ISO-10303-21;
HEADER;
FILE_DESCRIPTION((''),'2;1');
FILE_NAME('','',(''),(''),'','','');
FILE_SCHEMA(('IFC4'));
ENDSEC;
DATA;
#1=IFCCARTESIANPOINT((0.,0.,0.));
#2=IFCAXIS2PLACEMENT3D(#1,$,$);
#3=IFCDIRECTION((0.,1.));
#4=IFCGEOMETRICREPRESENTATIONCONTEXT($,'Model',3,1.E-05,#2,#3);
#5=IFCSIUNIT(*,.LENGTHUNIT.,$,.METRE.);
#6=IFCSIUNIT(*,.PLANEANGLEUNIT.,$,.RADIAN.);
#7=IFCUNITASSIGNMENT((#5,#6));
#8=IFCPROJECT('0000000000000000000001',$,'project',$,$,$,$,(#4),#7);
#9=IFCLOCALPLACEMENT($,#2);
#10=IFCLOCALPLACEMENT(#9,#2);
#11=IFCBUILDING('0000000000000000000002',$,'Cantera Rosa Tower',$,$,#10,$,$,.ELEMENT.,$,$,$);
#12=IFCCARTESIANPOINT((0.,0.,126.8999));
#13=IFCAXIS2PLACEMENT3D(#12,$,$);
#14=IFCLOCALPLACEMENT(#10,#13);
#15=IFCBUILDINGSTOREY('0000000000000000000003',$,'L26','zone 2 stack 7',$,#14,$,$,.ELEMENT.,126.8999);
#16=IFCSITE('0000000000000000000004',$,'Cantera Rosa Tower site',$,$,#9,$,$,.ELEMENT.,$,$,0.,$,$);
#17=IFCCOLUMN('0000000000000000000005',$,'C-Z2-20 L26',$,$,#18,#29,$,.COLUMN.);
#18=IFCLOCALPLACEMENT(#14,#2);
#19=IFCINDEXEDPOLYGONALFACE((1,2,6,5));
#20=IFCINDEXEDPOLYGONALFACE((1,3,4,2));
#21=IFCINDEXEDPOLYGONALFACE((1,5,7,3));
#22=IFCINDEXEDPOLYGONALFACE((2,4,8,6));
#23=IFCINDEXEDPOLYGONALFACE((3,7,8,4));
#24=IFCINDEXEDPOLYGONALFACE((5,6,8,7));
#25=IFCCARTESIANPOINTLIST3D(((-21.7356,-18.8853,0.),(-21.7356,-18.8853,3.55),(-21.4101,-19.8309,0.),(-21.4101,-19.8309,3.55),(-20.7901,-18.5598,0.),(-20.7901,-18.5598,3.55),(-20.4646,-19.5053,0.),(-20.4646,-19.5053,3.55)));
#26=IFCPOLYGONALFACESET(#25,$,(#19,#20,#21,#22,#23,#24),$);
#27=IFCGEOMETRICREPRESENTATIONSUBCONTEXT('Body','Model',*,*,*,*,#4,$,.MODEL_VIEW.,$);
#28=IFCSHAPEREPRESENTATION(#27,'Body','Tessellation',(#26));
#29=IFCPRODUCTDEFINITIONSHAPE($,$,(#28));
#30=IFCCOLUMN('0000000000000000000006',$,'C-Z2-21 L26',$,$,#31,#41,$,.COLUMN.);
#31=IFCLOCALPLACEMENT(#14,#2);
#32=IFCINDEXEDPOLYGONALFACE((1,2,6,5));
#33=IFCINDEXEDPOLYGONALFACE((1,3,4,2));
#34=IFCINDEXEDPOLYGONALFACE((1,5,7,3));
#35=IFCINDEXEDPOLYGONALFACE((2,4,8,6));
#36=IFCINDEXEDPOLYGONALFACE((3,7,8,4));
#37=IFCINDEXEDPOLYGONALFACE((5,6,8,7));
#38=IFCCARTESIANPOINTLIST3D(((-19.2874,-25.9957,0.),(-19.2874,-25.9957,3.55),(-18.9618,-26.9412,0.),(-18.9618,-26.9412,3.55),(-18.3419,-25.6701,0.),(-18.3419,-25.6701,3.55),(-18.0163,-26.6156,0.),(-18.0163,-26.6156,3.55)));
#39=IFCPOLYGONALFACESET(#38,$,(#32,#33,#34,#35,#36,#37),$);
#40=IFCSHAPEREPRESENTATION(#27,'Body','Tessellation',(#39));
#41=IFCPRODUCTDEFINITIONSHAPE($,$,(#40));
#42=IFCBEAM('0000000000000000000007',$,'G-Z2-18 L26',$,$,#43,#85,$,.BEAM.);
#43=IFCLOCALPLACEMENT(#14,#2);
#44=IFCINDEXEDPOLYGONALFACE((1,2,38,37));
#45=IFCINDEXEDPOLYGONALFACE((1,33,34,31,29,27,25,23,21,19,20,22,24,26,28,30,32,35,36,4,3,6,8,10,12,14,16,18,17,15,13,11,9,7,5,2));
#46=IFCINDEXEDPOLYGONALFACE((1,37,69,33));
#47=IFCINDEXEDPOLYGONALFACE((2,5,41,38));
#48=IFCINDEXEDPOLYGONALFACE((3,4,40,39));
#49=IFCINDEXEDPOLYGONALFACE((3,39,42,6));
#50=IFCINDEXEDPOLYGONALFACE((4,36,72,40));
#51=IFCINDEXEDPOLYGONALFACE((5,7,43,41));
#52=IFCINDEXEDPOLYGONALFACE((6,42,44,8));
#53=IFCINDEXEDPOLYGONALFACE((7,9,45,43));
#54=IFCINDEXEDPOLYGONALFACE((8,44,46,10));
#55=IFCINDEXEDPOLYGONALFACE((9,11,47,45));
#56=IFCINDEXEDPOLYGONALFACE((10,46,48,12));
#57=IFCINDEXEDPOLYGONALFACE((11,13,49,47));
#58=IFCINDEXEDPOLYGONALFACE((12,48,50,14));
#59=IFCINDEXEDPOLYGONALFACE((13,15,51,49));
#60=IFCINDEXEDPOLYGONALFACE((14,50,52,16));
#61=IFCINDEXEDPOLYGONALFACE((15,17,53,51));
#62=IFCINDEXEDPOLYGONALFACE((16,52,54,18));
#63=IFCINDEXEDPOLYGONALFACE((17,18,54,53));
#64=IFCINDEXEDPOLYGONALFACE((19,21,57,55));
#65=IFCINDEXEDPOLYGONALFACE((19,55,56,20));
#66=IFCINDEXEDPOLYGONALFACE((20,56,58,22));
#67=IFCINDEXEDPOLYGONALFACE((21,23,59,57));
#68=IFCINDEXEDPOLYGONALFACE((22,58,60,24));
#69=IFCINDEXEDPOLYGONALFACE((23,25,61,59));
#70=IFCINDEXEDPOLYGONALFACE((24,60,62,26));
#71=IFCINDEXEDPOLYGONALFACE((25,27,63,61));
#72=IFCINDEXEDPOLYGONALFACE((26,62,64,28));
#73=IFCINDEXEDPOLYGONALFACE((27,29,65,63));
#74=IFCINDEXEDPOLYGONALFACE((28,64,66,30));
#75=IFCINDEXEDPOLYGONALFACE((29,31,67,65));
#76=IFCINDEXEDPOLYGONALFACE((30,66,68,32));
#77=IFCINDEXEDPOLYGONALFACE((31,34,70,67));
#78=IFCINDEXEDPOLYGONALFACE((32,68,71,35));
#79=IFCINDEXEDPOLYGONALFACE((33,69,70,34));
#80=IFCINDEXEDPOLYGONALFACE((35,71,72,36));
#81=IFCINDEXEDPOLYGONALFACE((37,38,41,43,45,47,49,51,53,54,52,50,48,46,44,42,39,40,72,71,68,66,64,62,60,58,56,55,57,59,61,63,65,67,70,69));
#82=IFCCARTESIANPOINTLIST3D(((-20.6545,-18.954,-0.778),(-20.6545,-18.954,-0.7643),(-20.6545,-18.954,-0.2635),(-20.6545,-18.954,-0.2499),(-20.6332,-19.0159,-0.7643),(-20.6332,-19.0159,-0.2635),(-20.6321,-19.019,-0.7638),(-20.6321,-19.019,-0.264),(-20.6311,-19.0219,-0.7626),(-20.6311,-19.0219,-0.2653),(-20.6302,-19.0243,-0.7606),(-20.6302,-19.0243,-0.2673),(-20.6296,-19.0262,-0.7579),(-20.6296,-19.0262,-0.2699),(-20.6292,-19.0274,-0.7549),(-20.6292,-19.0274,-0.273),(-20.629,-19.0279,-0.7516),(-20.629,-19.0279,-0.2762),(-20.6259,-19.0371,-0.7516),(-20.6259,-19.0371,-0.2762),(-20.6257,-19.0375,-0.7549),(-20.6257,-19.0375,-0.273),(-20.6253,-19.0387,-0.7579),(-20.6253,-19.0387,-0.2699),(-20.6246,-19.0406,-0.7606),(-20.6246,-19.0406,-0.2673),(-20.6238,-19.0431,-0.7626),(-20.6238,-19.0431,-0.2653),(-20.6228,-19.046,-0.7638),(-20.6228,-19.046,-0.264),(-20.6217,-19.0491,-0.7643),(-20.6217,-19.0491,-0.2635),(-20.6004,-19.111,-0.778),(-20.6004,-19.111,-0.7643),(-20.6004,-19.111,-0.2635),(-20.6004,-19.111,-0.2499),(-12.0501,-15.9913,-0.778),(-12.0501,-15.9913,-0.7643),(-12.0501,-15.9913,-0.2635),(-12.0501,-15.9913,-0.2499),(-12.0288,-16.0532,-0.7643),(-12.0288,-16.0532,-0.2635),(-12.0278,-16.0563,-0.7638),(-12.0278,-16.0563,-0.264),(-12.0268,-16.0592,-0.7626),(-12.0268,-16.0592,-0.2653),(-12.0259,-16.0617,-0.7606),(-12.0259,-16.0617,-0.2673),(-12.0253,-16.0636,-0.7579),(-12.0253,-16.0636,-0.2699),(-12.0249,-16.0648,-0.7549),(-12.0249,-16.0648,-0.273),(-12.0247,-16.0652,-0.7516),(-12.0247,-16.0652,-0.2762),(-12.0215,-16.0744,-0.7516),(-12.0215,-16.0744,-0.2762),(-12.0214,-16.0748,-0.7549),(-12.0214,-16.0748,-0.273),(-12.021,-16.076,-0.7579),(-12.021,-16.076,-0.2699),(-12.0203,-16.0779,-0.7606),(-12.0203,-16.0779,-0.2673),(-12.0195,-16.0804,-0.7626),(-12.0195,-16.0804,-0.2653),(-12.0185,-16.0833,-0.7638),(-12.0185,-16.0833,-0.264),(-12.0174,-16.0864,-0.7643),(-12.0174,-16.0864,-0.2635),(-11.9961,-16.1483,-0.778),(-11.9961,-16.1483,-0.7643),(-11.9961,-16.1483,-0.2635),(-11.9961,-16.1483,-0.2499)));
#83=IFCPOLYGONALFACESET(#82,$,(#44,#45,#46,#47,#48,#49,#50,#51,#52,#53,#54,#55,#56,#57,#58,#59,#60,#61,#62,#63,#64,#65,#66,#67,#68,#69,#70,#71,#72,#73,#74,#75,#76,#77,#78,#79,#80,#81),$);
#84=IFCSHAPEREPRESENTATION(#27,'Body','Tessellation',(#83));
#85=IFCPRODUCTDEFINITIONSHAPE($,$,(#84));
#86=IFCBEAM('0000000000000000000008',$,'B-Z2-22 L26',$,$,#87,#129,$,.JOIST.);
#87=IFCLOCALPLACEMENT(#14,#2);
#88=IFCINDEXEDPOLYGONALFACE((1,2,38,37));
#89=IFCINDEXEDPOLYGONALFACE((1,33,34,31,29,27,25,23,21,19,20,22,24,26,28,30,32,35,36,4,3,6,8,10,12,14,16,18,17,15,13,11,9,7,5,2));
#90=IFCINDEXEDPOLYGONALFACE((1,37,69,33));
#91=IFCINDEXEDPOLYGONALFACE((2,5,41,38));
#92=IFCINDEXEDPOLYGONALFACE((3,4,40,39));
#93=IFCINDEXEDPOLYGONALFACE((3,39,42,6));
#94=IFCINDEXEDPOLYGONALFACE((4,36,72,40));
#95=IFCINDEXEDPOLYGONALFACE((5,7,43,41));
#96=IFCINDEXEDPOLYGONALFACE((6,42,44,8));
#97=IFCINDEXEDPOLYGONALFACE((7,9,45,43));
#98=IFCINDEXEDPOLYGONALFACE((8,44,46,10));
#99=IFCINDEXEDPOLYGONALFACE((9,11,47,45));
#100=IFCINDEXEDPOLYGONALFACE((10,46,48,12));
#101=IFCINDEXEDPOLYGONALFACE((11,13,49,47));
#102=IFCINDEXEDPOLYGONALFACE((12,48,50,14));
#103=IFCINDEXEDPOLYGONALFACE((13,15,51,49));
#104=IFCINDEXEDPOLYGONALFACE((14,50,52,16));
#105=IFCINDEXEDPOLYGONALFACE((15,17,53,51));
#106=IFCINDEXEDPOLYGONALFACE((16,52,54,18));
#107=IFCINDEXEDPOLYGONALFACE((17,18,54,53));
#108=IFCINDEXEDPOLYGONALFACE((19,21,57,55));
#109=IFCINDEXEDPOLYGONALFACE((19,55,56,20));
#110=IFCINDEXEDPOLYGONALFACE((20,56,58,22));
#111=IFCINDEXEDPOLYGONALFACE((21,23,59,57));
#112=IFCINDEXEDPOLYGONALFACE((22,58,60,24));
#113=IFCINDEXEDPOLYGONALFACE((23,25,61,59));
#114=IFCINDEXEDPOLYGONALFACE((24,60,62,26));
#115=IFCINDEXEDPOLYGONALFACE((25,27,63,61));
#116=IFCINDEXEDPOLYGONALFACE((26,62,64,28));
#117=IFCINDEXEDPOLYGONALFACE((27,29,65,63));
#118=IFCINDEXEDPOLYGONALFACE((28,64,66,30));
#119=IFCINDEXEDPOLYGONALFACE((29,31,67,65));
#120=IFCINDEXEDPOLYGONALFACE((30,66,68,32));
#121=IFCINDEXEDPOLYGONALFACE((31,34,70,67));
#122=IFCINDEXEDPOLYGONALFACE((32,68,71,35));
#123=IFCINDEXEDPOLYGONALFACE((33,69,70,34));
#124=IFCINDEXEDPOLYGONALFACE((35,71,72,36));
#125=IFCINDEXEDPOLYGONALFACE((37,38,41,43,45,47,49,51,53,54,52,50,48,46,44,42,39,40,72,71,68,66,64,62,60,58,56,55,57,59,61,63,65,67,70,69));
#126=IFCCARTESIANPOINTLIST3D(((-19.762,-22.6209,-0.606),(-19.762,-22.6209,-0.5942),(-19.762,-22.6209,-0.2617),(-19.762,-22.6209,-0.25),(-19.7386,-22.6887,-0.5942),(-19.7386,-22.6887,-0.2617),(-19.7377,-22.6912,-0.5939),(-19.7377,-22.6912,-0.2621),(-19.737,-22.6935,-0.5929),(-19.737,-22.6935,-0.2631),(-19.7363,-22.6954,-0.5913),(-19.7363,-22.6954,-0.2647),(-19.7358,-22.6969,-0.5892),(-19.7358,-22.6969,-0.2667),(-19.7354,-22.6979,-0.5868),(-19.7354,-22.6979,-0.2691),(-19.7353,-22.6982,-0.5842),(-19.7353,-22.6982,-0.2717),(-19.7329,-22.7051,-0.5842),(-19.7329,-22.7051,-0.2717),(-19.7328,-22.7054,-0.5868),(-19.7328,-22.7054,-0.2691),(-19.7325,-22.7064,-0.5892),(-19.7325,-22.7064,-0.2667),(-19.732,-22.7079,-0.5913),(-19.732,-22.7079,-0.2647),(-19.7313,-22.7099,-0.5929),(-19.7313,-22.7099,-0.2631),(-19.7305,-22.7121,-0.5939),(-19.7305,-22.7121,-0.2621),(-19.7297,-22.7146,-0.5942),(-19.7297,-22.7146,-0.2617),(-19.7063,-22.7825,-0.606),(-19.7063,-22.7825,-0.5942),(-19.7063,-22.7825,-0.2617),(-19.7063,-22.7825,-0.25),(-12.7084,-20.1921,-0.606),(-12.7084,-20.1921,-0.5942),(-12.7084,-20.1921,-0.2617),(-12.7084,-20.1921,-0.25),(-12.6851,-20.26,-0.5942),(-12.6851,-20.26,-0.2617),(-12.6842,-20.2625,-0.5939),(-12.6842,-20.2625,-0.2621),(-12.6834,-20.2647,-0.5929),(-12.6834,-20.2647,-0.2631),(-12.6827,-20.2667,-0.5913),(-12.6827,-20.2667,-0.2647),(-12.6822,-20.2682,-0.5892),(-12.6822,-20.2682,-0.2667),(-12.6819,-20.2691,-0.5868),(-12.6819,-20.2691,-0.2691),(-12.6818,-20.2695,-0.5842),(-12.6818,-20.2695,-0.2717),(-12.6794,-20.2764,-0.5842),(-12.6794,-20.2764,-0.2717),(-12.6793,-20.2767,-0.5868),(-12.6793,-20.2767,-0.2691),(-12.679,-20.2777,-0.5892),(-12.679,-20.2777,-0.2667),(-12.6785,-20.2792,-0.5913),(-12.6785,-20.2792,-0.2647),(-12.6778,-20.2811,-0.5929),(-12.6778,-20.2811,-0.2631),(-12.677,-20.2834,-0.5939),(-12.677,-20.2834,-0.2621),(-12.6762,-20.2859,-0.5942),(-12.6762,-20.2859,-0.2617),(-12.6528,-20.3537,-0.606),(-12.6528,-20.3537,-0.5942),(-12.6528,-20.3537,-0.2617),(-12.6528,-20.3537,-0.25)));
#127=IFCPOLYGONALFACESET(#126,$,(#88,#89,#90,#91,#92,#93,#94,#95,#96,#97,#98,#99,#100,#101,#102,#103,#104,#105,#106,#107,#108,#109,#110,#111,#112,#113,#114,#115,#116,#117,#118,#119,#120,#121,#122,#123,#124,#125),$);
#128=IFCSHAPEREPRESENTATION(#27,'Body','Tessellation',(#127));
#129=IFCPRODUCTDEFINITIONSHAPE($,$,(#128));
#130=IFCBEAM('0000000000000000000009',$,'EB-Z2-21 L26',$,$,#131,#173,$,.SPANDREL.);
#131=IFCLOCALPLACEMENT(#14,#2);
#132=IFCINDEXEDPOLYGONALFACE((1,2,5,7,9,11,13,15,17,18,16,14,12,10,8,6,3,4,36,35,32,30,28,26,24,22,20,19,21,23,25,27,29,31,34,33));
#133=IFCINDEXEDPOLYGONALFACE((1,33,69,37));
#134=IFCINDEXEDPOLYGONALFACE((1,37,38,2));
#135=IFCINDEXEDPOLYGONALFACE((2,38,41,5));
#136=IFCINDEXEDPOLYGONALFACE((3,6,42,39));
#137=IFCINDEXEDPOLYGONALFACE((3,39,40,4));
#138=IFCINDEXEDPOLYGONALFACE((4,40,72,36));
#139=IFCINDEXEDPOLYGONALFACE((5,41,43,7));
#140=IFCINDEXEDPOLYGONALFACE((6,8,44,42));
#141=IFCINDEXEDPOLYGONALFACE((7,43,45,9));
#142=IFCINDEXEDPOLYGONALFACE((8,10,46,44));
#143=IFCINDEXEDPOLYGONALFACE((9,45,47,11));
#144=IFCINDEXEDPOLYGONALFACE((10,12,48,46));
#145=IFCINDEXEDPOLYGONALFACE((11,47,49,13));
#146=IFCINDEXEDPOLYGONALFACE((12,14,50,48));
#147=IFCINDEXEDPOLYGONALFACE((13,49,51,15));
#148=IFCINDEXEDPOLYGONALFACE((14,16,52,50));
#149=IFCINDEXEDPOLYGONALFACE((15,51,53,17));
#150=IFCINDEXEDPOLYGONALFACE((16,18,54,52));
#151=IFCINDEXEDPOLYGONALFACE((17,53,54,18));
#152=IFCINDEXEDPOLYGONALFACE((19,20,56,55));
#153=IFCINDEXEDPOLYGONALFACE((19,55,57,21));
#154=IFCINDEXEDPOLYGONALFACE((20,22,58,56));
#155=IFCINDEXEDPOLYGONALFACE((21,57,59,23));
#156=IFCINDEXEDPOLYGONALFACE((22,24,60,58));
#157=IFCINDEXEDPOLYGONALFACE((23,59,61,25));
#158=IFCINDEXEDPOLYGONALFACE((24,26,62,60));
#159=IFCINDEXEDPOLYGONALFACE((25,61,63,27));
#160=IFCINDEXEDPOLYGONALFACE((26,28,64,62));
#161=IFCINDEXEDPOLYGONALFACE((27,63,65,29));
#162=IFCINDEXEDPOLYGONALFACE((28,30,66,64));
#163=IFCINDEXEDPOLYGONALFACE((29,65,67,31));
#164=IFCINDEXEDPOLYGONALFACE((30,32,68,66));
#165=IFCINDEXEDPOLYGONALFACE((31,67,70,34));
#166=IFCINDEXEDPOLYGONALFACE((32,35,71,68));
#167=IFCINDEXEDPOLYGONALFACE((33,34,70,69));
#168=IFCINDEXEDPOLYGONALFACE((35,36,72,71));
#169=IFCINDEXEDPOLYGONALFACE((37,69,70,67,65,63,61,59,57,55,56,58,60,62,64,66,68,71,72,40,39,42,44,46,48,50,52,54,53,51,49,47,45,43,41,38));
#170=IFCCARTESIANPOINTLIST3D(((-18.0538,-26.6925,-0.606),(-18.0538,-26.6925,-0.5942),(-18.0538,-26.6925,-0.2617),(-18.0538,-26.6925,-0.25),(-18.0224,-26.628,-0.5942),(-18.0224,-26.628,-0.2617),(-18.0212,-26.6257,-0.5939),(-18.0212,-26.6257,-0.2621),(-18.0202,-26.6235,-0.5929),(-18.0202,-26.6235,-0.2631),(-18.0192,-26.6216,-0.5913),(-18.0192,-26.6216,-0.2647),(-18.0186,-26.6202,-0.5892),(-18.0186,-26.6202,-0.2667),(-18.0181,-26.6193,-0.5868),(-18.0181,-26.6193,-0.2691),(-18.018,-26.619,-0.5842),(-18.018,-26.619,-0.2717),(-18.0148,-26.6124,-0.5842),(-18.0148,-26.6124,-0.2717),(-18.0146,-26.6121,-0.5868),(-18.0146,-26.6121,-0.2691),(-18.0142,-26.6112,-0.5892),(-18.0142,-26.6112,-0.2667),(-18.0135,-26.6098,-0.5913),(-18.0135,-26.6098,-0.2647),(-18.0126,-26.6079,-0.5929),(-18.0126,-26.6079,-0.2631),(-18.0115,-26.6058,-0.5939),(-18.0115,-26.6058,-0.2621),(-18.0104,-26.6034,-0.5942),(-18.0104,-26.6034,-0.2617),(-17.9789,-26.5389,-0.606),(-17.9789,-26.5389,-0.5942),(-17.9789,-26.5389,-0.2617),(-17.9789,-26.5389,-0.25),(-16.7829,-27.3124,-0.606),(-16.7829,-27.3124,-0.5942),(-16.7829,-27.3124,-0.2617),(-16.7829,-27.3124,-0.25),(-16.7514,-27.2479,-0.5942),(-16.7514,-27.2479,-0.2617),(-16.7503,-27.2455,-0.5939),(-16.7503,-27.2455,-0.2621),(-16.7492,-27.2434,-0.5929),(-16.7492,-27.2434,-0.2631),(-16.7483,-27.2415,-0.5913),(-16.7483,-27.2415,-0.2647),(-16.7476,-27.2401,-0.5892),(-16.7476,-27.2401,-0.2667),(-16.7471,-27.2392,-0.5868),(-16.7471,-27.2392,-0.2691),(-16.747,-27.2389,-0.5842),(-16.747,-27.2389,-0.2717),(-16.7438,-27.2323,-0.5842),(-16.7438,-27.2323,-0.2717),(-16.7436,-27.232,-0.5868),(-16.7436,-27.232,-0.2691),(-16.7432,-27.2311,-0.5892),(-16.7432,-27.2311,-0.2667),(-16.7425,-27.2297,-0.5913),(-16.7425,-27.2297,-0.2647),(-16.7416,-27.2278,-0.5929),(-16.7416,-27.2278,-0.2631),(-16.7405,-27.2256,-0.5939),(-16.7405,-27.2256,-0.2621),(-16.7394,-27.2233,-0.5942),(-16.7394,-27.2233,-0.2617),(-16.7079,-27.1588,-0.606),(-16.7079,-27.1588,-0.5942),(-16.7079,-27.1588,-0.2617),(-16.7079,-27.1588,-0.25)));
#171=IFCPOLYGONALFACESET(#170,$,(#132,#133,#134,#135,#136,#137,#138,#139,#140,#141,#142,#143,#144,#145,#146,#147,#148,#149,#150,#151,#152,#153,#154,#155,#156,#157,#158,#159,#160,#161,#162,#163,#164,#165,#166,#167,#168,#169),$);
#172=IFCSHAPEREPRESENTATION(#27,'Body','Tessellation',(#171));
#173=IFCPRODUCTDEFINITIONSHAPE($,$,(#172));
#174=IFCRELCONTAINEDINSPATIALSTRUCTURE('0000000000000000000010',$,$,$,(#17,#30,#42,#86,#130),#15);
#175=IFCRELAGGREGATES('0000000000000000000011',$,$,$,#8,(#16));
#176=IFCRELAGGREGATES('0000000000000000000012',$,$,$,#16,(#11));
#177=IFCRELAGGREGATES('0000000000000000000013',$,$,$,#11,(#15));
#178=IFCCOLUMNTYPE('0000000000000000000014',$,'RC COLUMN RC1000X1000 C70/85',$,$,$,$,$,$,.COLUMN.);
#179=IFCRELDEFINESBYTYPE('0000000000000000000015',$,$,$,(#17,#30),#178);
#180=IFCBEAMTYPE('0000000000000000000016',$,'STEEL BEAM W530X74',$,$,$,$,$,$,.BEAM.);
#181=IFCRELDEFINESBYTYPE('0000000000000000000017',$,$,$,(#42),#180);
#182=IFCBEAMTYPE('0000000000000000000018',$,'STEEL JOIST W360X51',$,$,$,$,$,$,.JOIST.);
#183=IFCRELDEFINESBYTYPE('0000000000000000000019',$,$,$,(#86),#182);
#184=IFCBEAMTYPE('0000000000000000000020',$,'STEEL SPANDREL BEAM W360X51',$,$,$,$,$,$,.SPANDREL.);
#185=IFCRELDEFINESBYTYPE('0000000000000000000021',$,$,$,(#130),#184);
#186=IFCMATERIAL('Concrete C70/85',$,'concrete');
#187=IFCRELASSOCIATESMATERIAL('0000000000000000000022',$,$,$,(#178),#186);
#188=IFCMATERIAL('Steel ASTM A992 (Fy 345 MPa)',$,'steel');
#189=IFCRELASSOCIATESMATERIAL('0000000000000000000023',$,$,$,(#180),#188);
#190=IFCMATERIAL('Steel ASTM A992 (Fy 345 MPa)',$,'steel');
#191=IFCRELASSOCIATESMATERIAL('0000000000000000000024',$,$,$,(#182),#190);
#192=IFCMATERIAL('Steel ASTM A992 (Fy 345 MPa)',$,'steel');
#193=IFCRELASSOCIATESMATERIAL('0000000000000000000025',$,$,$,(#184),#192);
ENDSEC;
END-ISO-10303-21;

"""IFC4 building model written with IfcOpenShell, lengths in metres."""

from ifc_helpers import new_model, si_unit, direction, frame, origin, origin_2d, place, context, subcontext, project, spatial, rectangle, i_section, extrude, material, material_profile, profile_set, type_object, element, save


model = new_model("IFC4")

# Units and contexts
model_context = context("Model", 3, precision=1e-05, world=origin(), true_north=direction((0.0, 1.0)))
body_context = subcontext(model_context, "Body", "Model", "MODEL_VIEW")
ifc_project = project(units=[si_unit("LENGTHUNIT", "METRE"), si_unit("PLANEANGLEUNIT", "RADIAN")], contexts=[model_context])

# Site, building, storey
site_placement = place(None, origin())
site = spatial("IfcSite", under=ifc_project, at=site_placement, Name="Cantera Rosa Tower site", CompositionType="ELEMENT", RefElevation=0.0)
building_placement = place(site_placement, origin())
building = spatial("IfcBuilding", under=site, at=building_placement, Name="Cantera Rosa Tower", CompositionType="ELEMENT")
storey_placement = place(building_placement, frame((0.0, 0.0, 126.8999)))
storey = spatial("IfcBuildingStorey", under=building, at=storey_placement, Name="L26", Description="zone 2 stack 7", CompositionType="ELEMENT", Elevation=126.8999)

# Columns
ifc_material_1 = material(Name="Concrete C70/85", Category="concrete")
ifc_material_profile_1 = material_profile(ifc_material_1, rectangle(XDim=1.0, YDim=1.0, at=origin_2d()), Name="RC COLUMN RC1000X1000 C70/85")
ifc_profile_set_1 = profile_set([ifc_material_profile_1], Name="Concrete C70/85")
column_type = type_object("IfcColumnType", Name="RC COLUMN RC1000X1000 C70/85", PredefinedType="COLUMN", material=ifc_profile_set_1)
for number, where, z_axis, x_axis, name in (
    (1, (-21.1001, -19.1953, 0.0), (0.0, 0.0, 1.0), (0.945519, 0.325568, 0.0), "C-Z2-20 L26"),
    (2, (-18.6519, -26.3057, 0.0), (0.0, 0.0, 1.0), (0.945519, 0.325568, 0.0), "C-Z2-21 L26"),
):
    element("IfcColumn", number, at=place(storey_placement, frame(where, z_axis=z_axis, x_axis=x_axis)), inside=storey, type_object=column_type, Name=name, PredefinedType="COLUMN", context=body_context, shape_type="SweptSolid", body=[
        extrude(rectangle(XDim=1.0, YDim=1.0, at=origin_2d()), origin(), (0.0, 0.0, 1.0), 3.55),
    ])

# Beams
ifc_material_2 = material(Name="Steel ASTM A992 (Fy 345 MPa)", Category="steel")
ifc_material_profile_2 = material_profile(ifc_material_2, i_section(OverallWidth=0.166, OverallDepth=0.5281, WebThickness=0.0098, FlangeThickness=0.0137, FilletRadius=0.0127, at=origin_2d()), Name="W530X74")
ifc_profile_set_2 = profile_set([ifc_material_profile_2], Name="Steel ASTM A992 (Fy 345 MPa)")
beam_type_1 = type_object("IfcBeamType", Name="STEEL BEAM W530X74", PredefinedType="BEAM", material=ifc_profile_set_2)
beam_1_placement = place(storey_placement, frame((-20.6274, -19.0325, -0.5139), z_axis=(0.94552, 0.325565, 0.0), x_axis=(-0.325565, 0.94552, 0.0)))
element("IfcBeam", 3, at=beam_1_placement, inside=storey, type_object=beam_type_1, Name="G-Z2-18 L26", PredefinedType="BEAM", context=body_context, shape_type="SweptSolid", body=[
    extrude(i_section(OverallWidth=0.166, OverallDepth=0.5281, WebThickness=0.0098, FlangeThickness=0.0137, FilletRadius=0.0127, at=origin_2d()), origin(), (0.0, 0.0, 1.0), 9.1001),
])
ifc_material_3 = material(Name="Steel ASTM A992 (Fy 345 MPa)", Category="steel")
ifc_material_profile_3 = material_profile(ifc_material_3, i_section(OverallWidth=0.1709, OverallDepth=0.356, WebThickness=0.0073, FlangeThickness=0.0117, FilletRadius=0.01, at=origin_2d()), Name="W360X51")
ifc_profile_set_3 = profile_set([ifc_material_profile_3], Name="Steel ASTM A992 (Fy 345 MPa)")
beam_type_2 = type_object("IfcBeamType", Name="STEEL JOIST W360X51", PredefinedType="JOIST", material=ifc_profile_set_3)
beam_2_placement = place(storey_placement, frame((-19.7341, -22.7017, -0.428), z_axis=(0.945518, 0.325569, 0.0), x_axis=(-0.325569, 0.945518, 0.0)))
element("IfcBeam", 4, at=beam_2_placement, inside=storey, type_object=beam_type_2, Name="B-Z2-22 L26", PredefinedType="JOIST", context=body_context, shape_type="SweptSolid", body=[
    extrude(i_section(OverallWidth=0.1709, OverallDepth=0.356, WebThickness=0.0073, FlangeThickness=0.0117, FilletRadius=0.01, at=origin_2d()), origin(), (0.0, 0.0, 1.0), 7.46),
])
ifc_material_4 = material(Name="Steel ASTM A992 (Fy 345 MPa)", Category="steel")
ifc_material_profile_4 = material_profile(ifc_material_4, i_section(OverallWidth=0.1709, OverallDepth=0.356, WebThickness=0.0073, FlangeThickness=0.0117, FilletRadius=0.01, at=origin_2d()), Name="W360X51")
ifc_profile_set_4 = profile_set([ifc_material_profile_4], Name="Steel ASTM A992 (Fy 345 MPa)")
beam_type_3 = type_object("IfcBeamType", Name="STEEL SPANDREL BEAM W360X51", PredefinedType="SPANDREL", material=ifc_profile_set_4)
beam_3_placement = place(storey_placement, frame((-18.0164, -26.6157, -0.428), z_axis=(0.898803, -0.438352, 0.0), x_axis=(0.438352, 0.898803, 0.0)))
element("IfcBeam", 5, at=beam_3_placement, inside=storey, type_object=beam_type_3, Name="EB-Z2-21 L26", PredefinedType="SPANDREL", context=body_context, shape_type="SweptSolid", body=[
    extrude(i_section(OverallWidth=0.1709, OverallDepth=0.356, WebThickness=0.0073, FlangeThickness=0.0117, FilletRadius=0.01, at=origin_2d()), origin(), (0.0, 0.0, 1.0), 1.4141),
])

save(model, "model.ifc")
